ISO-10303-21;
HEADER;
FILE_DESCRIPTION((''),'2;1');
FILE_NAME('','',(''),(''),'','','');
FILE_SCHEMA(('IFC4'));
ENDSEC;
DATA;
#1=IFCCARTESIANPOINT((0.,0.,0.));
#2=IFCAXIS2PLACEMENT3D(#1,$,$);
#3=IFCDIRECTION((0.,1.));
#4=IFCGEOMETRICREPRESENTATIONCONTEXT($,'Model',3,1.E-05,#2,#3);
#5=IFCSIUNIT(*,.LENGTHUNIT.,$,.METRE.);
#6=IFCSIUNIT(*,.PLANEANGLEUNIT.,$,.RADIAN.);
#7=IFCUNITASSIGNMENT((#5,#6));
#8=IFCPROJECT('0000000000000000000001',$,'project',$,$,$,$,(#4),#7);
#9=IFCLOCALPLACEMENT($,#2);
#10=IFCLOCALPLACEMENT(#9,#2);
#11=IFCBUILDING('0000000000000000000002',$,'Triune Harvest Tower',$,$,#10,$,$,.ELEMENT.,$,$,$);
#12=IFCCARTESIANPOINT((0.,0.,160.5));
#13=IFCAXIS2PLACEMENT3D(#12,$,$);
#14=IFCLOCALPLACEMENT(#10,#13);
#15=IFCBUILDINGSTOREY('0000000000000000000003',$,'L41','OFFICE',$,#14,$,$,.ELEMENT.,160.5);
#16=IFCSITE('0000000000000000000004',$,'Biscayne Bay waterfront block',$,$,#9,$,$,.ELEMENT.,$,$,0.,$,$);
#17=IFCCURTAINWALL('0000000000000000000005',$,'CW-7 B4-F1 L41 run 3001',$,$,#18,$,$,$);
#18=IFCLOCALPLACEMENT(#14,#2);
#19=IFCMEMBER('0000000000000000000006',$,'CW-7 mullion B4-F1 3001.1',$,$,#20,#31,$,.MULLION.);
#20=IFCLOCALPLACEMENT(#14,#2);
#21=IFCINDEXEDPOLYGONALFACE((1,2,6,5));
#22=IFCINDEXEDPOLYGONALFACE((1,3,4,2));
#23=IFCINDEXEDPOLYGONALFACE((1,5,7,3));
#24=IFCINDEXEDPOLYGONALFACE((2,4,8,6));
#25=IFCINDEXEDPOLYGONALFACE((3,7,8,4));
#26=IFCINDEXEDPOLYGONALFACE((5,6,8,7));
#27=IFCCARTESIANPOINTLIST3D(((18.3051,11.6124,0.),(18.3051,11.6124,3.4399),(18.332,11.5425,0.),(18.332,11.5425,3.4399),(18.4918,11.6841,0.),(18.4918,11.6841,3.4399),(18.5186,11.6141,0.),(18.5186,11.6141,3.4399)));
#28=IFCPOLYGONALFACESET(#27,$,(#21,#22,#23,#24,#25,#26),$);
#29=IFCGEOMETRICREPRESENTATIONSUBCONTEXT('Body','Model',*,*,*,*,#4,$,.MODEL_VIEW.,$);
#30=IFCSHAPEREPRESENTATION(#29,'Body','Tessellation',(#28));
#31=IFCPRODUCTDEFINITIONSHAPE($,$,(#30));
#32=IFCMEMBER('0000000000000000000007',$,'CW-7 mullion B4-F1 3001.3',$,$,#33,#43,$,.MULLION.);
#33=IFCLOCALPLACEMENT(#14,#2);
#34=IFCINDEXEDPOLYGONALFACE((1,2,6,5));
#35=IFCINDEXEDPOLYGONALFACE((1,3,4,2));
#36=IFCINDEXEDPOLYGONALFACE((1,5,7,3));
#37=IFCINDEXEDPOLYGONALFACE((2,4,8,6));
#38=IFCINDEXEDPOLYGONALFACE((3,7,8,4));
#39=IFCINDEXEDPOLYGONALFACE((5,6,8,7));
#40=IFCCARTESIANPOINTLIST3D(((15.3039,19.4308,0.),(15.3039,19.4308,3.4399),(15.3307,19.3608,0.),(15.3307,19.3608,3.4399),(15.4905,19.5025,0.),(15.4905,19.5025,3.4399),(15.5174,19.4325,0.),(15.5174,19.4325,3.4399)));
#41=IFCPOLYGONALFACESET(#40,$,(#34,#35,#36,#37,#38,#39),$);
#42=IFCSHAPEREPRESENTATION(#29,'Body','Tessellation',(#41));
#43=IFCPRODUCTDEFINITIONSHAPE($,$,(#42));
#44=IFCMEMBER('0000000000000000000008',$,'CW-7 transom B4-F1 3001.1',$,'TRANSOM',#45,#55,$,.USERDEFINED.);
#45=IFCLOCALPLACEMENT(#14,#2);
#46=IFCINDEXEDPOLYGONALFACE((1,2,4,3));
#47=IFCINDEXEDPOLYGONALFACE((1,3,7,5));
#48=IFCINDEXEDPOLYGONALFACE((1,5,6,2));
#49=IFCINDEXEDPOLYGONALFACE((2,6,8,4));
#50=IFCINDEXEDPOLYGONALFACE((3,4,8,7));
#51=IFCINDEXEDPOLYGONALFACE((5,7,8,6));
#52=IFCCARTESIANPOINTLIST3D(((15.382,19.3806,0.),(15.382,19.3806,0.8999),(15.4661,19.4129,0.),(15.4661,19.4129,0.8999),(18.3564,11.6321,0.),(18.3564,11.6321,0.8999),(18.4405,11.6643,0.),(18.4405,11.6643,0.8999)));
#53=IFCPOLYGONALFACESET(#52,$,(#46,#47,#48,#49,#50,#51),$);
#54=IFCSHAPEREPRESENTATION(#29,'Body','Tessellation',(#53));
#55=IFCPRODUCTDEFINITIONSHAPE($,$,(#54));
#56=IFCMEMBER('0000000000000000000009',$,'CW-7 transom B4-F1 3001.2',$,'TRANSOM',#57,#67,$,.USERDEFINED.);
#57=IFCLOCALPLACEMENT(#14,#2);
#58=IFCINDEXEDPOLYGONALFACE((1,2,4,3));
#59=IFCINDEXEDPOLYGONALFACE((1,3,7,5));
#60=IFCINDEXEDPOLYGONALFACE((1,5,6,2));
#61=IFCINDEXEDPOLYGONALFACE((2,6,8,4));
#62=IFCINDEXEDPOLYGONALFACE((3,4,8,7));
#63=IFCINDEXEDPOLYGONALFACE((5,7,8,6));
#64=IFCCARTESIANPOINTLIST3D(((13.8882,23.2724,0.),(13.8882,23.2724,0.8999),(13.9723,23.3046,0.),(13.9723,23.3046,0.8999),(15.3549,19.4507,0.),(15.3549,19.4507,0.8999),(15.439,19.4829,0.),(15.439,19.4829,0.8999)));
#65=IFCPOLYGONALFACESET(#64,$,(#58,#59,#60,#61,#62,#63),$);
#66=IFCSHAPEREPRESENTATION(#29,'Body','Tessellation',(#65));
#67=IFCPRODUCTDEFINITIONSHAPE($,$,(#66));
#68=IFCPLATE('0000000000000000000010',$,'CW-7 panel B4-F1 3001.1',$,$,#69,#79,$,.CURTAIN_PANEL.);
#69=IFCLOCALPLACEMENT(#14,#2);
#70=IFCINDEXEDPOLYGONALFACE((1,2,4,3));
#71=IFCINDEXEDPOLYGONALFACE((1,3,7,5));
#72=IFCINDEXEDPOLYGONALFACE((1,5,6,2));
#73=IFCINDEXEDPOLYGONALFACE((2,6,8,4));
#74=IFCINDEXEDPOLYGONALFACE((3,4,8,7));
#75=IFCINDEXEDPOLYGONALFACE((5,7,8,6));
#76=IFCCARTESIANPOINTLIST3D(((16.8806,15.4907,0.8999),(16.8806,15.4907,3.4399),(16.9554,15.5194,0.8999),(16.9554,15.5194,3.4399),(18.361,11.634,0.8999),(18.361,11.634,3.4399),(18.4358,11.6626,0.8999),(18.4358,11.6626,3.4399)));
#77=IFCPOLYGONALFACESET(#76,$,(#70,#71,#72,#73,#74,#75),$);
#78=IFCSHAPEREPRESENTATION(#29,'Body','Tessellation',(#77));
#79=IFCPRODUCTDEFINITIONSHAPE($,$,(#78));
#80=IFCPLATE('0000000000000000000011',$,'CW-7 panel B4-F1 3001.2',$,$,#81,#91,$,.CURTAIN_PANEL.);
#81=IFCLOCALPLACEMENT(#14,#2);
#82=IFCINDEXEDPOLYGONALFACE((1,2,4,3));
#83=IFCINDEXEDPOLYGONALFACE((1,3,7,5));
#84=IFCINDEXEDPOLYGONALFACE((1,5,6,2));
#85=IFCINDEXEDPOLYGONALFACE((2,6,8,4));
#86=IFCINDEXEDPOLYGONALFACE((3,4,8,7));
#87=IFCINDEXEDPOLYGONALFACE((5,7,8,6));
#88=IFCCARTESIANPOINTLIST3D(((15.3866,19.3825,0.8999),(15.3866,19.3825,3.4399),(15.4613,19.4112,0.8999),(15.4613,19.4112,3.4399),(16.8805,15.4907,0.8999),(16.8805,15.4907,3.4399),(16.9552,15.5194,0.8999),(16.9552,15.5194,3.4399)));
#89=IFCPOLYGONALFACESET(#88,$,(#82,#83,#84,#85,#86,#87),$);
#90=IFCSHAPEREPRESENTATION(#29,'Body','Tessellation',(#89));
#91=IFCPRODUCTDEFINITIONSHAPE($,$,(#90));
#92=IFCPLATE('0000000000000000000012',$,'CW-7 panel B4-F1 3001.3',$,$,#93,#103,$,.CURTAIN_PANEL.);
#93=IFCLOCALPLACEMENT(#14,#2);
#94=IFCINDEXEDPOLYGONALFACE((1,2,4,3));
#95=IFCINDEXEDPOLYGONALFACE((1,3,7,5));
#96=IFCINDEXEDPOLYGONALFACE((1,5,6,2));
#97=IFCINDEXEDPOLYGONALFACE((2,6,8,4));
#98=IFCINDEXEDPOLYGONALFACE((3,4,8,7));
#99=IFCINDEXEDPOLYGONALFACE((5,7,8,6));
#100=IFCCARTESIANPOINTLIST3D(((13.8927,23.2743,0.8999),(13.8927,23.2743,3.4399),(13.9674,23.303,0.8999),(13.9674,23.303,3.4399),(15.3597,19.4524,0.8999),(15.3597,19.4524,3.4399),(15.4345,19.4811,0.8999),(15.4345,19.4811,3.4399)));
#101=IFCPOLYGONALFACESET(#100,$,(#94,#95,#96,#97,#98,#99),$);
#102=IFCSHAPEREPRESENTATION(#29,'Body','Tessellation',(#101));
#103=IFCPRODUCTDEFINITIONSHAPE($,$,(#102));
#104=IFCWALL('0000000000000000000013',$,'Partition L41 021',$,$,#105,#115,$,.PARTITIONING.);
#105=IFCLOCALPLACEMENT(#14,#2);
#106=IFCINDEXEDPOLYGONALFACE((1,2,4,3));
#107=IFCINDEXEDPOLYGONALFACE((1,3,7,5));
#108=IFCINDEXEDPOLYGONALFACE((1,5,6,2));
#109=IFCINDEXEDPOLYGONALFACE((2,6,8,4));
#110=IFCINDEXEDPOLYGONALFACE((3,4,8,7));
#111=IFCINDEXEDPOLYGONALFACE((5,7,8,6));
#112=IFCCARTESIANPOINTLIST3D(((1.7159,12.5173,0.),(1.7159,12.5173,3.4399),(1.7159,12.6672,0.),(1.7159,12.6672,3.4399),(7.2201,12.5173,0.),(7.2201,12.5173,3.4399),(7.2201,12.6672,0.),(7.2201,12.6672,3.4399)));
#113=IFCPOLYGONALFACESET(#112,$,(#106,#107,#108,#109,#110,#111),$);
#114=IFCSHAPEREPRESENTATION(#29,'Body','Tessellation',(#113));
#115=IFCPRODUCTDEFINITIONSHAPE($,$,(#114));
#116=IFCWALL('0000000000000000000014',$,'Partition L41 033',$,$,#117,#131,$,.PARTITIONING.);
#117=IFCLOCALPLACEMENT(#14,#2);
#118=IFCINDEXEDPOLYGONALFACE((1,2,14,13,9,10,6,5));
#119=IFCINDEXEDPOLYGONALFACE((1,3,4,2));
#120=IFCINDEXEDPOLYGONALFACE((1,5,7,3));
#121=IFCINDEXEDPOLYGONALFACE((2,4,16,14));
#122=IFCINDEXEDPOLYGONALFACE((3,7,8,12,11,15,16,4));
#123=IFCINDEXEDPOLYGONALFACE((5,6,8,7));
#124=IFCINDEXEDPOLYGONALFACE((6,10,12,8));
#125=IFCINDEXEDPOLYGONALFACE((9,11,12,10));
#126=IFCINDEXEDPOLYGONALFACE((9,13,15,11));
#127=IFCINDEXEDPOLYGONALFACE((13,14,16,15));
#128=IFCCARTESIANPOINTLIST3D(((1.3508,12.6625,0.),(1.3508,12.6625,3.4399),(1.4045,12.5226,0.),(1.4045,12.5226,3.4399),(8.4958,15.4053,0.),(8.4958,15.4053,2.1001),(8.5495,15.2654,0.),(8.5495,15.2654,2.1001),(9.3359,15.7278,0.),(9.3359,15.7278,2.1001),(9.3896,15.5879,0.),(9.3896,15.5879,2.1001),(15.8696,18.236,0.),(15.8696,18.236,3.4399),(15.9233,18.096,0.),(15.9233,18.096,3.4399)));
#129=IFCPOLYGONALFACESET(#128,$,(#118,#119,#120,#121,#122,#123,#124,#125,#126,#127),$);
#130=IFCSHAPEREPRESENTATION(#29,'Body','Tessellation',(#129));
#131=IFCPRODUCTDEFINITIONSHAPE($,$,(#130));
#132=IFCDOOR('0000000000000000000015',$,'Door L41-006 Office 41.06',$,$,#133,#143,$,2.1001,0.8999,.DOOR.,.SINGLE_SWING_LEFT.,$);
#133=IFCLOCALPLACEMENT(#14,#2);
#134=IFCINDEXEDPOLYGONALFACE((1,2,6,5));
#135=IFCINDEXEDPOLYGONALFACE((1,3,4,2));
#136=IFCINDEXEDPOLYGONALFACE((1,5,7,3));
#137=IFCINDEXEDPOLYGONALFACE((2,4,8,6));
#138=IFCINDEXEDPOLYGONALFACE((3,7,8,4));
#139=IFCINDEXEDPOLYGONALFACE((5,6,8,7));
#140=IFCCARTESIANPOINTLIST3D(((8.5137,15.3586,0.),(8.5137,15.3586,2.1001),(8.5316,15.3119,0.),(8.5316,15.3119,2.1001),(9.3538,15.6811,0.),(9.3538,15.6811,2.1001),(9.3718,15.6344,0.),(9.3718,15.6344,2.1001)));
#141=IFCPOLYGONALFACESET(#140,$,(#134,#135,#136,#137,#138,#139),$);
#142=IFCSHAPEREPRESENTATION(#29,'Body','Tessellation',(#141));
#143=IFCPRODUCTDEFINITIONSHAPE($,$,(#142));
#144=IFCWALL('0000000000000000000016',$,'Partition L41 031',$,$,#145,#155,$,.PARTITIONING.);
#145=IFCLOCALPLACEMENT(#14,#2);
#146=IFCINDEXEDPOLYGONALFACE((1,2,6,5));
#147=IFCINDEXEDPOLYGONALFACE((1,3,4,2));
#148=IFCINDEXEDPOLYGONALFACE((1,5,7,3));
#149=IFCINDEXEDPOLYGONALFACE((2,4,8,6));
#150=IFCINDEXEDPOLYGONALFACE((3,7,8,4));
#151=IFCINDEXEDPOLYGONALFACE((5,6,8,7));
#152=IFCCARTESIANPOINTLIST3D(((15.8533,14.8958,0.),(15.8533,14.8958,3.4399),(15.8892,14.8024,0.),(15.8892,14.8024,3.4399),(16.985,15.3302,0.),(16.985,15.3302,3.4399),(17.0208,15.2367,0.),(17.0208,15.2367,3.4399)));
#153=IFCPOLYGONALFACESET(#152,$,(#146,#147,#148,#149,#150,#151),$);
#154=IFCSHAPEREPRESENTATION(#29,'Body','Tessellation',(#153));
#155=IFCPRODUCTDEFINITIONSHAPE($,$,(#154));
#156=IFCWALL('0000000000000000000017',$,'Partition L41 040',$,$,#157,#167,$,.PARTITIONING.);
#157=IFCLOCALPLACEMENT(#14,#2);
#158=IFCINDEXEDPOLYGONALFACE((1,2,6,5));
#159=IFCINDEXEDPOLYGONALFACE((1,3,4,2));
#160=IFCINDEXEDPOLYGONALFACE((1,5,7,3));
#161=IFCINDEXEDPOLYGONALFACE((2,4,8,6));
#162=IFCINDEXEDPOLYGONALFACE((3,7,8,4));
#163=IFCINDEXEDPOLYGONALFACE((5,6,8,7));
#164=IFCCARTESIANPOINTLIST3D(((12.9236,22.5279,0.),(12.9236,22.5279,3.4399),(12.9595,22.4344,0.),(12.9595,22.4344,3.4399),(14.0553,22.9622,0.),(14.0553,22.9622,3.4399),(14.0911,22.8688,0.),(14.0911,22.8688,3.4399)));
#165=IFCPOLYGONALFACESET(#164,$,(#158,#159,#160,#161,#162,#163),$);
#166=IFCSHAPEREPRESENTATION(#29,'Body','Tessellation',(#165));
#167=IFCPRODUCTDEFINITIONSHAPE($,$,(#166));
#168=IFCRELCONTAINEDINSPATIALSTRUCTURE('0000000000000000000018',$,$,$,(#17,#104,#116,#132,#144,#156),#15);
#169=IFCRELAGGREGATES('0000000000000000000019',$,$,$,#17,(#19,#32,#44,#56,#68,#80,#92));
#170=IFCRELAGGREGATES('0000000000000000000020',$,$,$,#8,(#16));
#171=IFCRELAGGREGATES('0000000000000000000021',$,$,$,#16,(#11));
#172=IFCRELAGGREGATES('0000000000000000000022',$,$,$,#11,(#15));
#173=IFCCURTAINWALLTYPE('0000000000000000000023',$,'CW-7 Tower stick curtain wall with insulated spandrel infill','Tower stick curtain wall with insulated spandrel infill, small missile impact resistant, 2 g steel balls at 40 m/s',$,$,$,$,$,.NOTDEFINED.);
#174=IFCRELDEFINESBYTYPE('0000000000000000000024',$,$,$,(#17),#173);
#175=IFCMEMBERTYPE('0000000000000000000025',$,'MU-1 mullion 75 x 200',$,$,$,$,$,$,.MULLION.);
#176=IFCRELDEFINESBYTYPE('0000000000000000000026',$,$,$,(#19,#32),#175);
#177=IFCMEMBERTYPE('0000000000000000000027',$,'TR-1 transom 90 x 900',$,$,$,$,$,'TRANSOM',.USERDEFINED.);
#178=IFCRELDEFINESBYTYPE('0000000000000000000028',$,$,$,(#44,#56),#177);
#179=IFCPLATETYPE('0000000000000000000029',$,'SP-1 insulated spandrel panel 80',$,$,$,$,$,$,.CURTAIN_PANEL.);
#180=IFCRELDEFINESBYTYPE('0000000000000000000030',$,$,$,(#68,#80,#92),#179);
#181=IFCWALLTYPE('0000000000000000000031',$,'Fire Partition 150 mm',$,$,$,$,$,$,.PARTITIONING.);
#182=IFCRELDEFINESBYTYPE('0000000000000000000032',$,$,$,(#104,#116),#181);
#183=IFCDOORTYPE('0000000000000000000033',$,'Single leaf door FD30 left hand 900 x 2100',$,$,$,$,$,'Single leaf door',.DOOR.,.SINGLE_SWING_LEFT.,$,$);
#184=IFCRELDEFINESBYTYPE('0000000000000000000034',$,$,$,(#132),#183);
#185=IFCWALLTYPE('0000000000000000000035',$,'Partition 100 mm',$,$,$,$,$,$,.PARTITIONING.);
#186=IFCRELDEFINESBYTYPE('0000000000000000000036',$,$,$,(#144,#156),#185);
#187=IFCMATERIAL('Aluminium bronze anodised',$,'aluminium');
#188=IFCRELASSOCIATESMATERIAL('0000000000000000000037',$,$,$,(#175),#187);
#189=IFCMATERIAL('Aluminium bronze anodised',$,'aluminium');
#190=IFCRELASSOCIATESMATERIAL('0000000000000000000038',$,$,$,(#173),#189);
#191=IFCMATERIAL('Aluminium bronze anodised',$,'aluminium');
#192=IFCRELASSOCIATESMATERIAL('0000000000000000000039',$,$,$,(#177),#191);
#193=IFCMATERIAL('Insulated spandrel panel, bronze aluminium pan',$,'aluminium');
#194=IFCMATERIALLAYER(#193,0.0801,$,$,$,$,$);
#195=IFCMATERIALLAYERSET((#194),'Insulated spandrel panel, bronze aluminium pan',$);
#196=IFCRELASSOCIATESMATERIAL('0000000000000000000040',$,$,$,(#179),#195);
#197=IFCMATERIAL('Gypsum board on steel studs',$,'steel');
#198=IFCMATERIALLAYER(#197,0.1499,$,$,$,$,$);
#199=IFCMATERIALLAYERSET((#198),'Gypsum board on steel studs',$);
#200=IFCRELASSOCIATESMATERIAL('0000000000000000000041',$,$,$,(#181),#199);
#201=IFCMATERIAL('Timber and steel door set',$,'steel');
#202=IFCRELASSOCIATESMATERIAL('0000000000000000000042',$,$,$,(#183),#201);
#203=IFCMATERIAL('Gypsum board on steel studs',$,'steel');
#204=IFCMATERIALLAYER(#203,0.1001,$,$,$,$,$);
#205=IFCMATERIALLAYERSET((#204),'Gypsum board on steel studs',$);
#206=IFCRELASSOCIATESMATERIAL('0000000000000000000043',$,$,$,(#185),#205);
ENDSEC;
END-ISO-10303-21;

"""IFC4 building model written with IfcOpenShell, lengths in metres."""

from ifc_helpers import new_model, si_unit, direction, frame, frame_2d, origin, origin_2d, place, context, subcontext, project, spatial, rectangle, extrude, source, transform, mapped, material, layer, layer_set, material_profile, profile_set, type_object, element, fill, aggregate, save


model = new_model("IFC4")

# Units and contexts
model_context = context("Model", 3, precision=1e-05, world=origin(), true_north=direction((0.0, 1.0)))
body_context = subcontext(model_context, "Body", "Model", "MODEL_VIEW")
ifc_project = project(units=[si_unit("LENGTHUNIT", "METRE"), si_unit("PLANEANGLEUNIT", "RADIAN")], contexts=[model_context])

# Site, building, storey
site_placement = place(None, origin())
site = spatial("IfcSite", under=ifc_project, at=site_placement, Name="Biscayne Bay waterfront block", CompositionType="ELEMENT", RefElevation=0.0)
building_placement = place(site_placement, origin())
building = spatial("IfcBuilding", under=site, at=building_placement, Name="Triune Harvest Tower", CompositionType="ELEMENT")
storey_placement = place(building_placement, frame((0.0, 0.0, 160.5)))
storey = spatial("IfcBuildingStorey", under=building, at=storey_placement, Name="L41", Description="OFFICE", CompositionType="ELEMENT", Elevation=160.5)

# Shared definitions
ifc_material_1 = material(Name="Aluminium bronze anodised", Category="aluminium")
ifc_material_profile_1 = material_profile(ifc_material_1, rectangle(XDim=0.2, YDim=0.075, at=origin_2d()), Name="MU-1 mullion 75 x 200")
ifc_profile_set_1 = profile_set([ifc_material_profile_1], Name="Aluminium bronze anodised")
member_type_1 = type_object("IfcMemberType", Name="MU-1 mullion 75 x 200", PredefinedType="MULLION", material=ifc_profile_set_1)
shared_shape_1 = source(origin(), body_context, "Body", "SweptSolid", [
    extrude(rectangle(XDim=0.2, YDim=0.075, at=origin_2d()), origin(), (0.0, 0.0, 1.0), 3.4399),
])

# Curtain wall, members, plates
ifc_material_2 = material(Name="Aluminium bronze anodised", Category="aluminium")
curtain_wall_type_1 = type_object("IfcCurtainWallType", Name="CW-7 Tower stick curtain wall with insulated spandrel infill", Description="Tower stick curtain wall with insulated spandrel infill, small missile impact resistant, 2 g steel balls at 40 m/s", PredefinedType="NOTDEFINED", material=ifc_material_2)
curtain_wall_1_placement = place(storey_placement, origin())
curtain_wall_1 = element("IfcCurtainWall", 1, at=curtain_wall_1_placement, inside=storey, type_object=curtain_wall_type_1, Name="CW-7 B4-F1 L41 run 3001")
member_1_placement = place(storey_placement, frame((18.4119, 11.6133, 0.0), z_axis=(0.0, 0.0, 1.0), x_axis=(-0.933581, -0.358366, 0.0)))
member_1 = element("IfcMember", 2, at=member_1_placement, type_object=member_type_1, Name="CW-7 mullion B4-F1 3001.1", PredefinedType="MULLION", context=body_context, shape_type="MappedRepresentation", body=[
    mapped(shared_shape_1, transform((0.0, 0.0, 0.0), scale=1.0)),
])
member_2_placement = place(storey_placement, frame((15.4106, 19.4316, 0.0), z_axis=(0.0, 0.0, 1.0), x_axis=(-0.933581, -0.358366, 0.0)))
member_2 = element("IfcMember", 3, at=member_2_placement, type_object=member_type_1, Name="CW-7 mullion B4-F1 3001.3", PredefinedType="MULLION", context=body_context, shape_type="MappedRepresentation", body=[
    mapped(shared_shape_1, transform((0.0, 0.0, 0.0), scale=1.0)),
])
ifc_material_3 = material(Name="Aluminium bronze anodised", Category="aluminium")
ifc_material_profile_2 = material_profile(ifc_material_3, rectangle(XDim=0.0901, YDim=0.8999, at=origin_2d()), Name="TR-1 transom 90 x 900")
ifc_profile_set_2 = profile_set([ifc_material_profile_2], Name="Aluminium bronze anodised")
member_type_2 = type_object("IfcMemberType", Name="TR-1 transom 90 x 900", ElementType="TRANSOM", PredefinedType="USERDEFINED", material=ifc_profile_set_2)
shared_shape_2 = source(origin(), body_context, "Body", "SweptSolid", [
    extrude(rectangle(XDim=0.0901, YDim=0.8999, at=origin_2d()), origin(), (0.0, 0.0, 1.0), 8.2998),
])
member_3_placement = place(storey_placement, frame((18.3984, 11.6482, 0.45), z_axis=(-0.358366, 0.933581, 0.0), x_axis=(-0.933581, -0.358366, 0.0)))
member_3 = element("IfcMember", 4, at=member_3_placement, type_object=member_type_2, Name="CW-7 transom B4-F1 3001.1", ObjectType="TRANSOM", PredefinedType="USERDEFINED", context=body_context, shape_type="MappedRepresentation", body=[
    mapped(shared_shape_2, transform((0.0, 0.0, 0.0), scale=1.0)),
])
shared_shape_3 = source(origin(), body_context, "Body", "SweptSolid", [
    extrude(rectangle(XDim=0.0901, YDim=0.8999, at=origin_2d()), origin(), (0.0, 0.0, 1.0), 4.0935),
])
member_4_placement = place(storey_placement, frame((15.397, 19.4668, 0.45), z_axis=(-0.358316, 0.933601, 0.0), x_axis=(-0.933601, -0.358316, 0.0)))
member_4 = element("IfcMember", 5, at=member_4_placement, type_object=member_type_2, Name="CW-7 transom B4-F1 3001.2", ObjectType="TRANSOM", PredefinedType="USERDEFINED", context=body_context, shape_type="MappedRepresentation", body=[
    mapped(shared_shape_3, transform((0.0, 0.0, 0.0), scale=1.0)),
])
ifc_material_4 = material(Name="Insulated spandrel panel, bronze aluminium pan", Category="aluminium")
ifc_layer_1 = layer(ifc_material_4, 0.0801)
ifc_layer_set_1 = layer_set([ifc_layer_1], Name="Insulated spandrel panel, bronze aluminium pan")
plate_type = type_object("IfcPlateType", Name="SP-1 insulated spandrel panel 80", PredefinedType="CURTAIN_PANEL", material=ifc_layer_set_1)
shared_shape_4 = source(origin(), body_context, "Body", "SweptSolid", [
    extrude(rectangle(XDim=4.1311, YDim=0.0801, at=origin_2d()), origin(), (0.0, 0.0, 1.0), 2.54),
])
plate_1_placement = place(storey_placement, frame((17.6582, 13.5767, 0.8999), z_axis=(0.0, 0.0, 1.0), x_axis=(-0.358366, 0.933581, 0.0)))
plate_1 = element("IfcPlate", 6, at=plate_1_placement, type_object=plate_type, Name="CW-7 panel B4-F1 3001.1", PredefinedType="CURTAIN_PANEL", context=body_context, shape_type="MappedRepresentation", body=[
    mapped(shared_shape_4, transform((0.0, 0.0, 0.0), scale=1.0)),
])
shared_shape_5 = source(origin(), body_context, "Body", "SweptSolid", [
    extrude(rectangle(XDim=4.1687, YDim=0.0801, at=origin_2d()), origin(), (0.0, 0.0, 1.0), 2.54),
])
plate_2_placement = place(storey_placement, frame((16.1709, 17.4509, 0.8999), z_axis=(0.0, 0.0, 1.0), x_axis=(-0.358366, 0.933581, 0.0)))
plate_2 = element("IfcPlate", 7, at=plate_2_placement, type_object=plate_type, Name="CW-7 panel B4-F1 3001.2", PredefinedType="CURTAIN_PANEL", context=body_context, shape_type="MappedRepresentation", body=[
    mapped(shared_shape_5, transform((0.0, 0.0, 0.0), scale=1.0)),
])
shared_shape_6 = source(origin(), body_context, "Body", "SweptSolid", [
    extrude(rectangle(XDim=4.0938, YDim=0.0801, at=origin_2d()), origin(), (0.0, 0.0, 1.0), 2.54),
])
plate_3_placement = place(storey_placement, frame((14.6636, 21.3777, 0.8999), z_axis=(0.0, 0.0, 1.0), x_axis=(-0.358366, 0.933581, 0.0)))
plate_3 = element("IfcPlate", 8, at=plate_3_placement, type_object=plate_type, Name="CW-7 panel B4-F1 3001.3", PredefinedType="CURTAIN_PANEL", context=body_context, shape_type="MappedRepresentation", body=[
    mapped(shared_shape_6, transform((0.0, 0.0, 0.0), scale=1.0)),
])
aggregate(curtain_wall_1, [member_1, member_2, member_3, member_4, plate_1, plate_2, plate_3])

# Wall
ifc_material_5 = material(Name="Gypsum board on steel studs", Category="steel")
ifc_layer_2 = layer(ifc_material_5, 0.1499)
ifc_layer_set_2 = layer_set([ifc_layer_2], Name="Gypsum board on steel studs")
wall_type_1 = type_object("IfcWallType", Name="Fire Partition 150 mm", PredefinedType="PARTITIONING", material=ifc_layer_set_2)
wall_1_placement = place(storey_placement, frame((1.7161, 12.5923, 0.0), z_axis=(0.0, 0.0, 1.0), x_axis=(1.0, 0.0, 0.0)))
element("IfcWall", 9, at=wall_1_placement, inside=storey, type_object=wall_type_1, Name="Partition L41 021", PredefinedType="PARTITIONING", context=body_context, shape_type="SweptSolid", body=[
    extrude(rectangle(XDim=5.5042, YDim=0.1499, at=frame_2d((2.752, 0.0))), origin(), (0.0, 0.0, 1.0), 3.4399),
])

# Wall, opening, door
wall_2_placement = place(storey_placement, frame((1.3777, 12.5925, 0.0), z_axis=(0.0, 0.0, 1.0), x_axis=(0.933575, 0.358381, 0.0)))
wall_2 = element("IfcWall", 10, at=wall_2_placement, inside=storey, type_object=wall_type_1, Name="Partition L41 033", PredefinedType="PARTITIONING", context=body_context, shape_type="SweptSolid", body=[
    extrude(rectangle(XDim=15.5518, YDim=0.1499, at=frame_2d((7.7759, 0.0))), origin(), (0.0, 0.0, 1.0), 3.4399),
])
opening_1_placement = place(wall_2_placement, frame((7.6533, 0.0, 0.0)))
opening_1 = element("IfcOpeningElement", 11, at=opening_1_placement, cuts=wall_2, PredefinedType="OPENING", context=body_context, shape_type="SweptSolid", body=[
    extrude(rectangle(XDim=0.8999, YDim=2.1001, at=frame_2d((0.45, 1.05))), frame((0.0, 0.085, 0.0), z_axis=(0.0, -1.0, 0.0), x_axis=(1.0, 0.0, 0.0)), (0.0, 0.0, 1.0), 0.1699),
])
ifc_material_6 = material(Name="Timber and steel door set", Category="steel")
door_type_1 = type_object("IfcDoorType", Name="Single leaf door FD30 left hand 900 x 2100", ElementType="Single leaf door", OperationType="SINGLE_SWING_LEFT", PredefinedType="DOOR", material=ifc_material_6)
door_1_placement = place(opening_1_placement, origin())
door_1 = element("IfcDoor", 12, at=door_1_placement, inside=storey, type_object=door_type_1, Name="Door L41-006 Office 41.06", OperationType="SINGLE_SWING_LEFT", OverallHeight=2.1001, OverallWidth=0.8999, PredefinedType="DOOR", context=body_context, shape_type="SweptSolid", body=[
    extrude(rectangle(XDim=0.8999, YDim=2.1001, at=frame_2d((0.45, 1.05))), frame((0.0, 0.0249, 0.0), z_axis=(0.0, -1.0, 0.0), x_axis=(1.0, 0.0, 0.0)), (0.0, 0.0, 1.0), 0.05),
])
fill(opening_1, door_1)

# Walls
ifc_material_7 = material(Name="Gypsum board on steel studs", Category="steel")
ifc_layer_3 = layer(ifc_material_7, 0.1001)
ifc_layer_set_3 = layer_set([ifc_layer_3], Name="Gypsum board on steel studs")
wall_type_2 = type_object("IfcWallType", Name="Partition 100 mm", PredefinedType="PARTITIONING", material=ifc_layer_set_3)
shared_shape_7 = source(origin(), body_context, "Body", "SweptSolid", [
    extrude(rectangle(XDim=1.2122, YDim=0.1001, at=frame_2d((0.606, 0.0))), origin(), (0.0, 0.0, 1.0), 3.4399),
])
for number, where, z_axis, x_axis, name in (
    (13, (15.8713, 14.8491, 0.0), (0.0, 0.0, 1.0), (0.933595, 0.358331, 0.0), "Partition L41 031"),
    (14, (12.9417, 22.4812, 0.0), (0.0, 0.0, 1.0), (0.933595, 0.358331, 0.0), "Partition L41 040"),
):
    element("IfcWall", number, at=place(storey_placement, frame(where, z_axis=z_axis, x_axis=x_axis)), inside=storey, type_object=wall_type_2, Name=name, PredefinedType="PARTITIONING", context=body_context, shape_type="MappedRepresentation", body=[
        mapped(shared_shape_7, transform((0.0, 0.0, 0.0), scale=1.0)),
    ])

save(model, "model.ifc")
